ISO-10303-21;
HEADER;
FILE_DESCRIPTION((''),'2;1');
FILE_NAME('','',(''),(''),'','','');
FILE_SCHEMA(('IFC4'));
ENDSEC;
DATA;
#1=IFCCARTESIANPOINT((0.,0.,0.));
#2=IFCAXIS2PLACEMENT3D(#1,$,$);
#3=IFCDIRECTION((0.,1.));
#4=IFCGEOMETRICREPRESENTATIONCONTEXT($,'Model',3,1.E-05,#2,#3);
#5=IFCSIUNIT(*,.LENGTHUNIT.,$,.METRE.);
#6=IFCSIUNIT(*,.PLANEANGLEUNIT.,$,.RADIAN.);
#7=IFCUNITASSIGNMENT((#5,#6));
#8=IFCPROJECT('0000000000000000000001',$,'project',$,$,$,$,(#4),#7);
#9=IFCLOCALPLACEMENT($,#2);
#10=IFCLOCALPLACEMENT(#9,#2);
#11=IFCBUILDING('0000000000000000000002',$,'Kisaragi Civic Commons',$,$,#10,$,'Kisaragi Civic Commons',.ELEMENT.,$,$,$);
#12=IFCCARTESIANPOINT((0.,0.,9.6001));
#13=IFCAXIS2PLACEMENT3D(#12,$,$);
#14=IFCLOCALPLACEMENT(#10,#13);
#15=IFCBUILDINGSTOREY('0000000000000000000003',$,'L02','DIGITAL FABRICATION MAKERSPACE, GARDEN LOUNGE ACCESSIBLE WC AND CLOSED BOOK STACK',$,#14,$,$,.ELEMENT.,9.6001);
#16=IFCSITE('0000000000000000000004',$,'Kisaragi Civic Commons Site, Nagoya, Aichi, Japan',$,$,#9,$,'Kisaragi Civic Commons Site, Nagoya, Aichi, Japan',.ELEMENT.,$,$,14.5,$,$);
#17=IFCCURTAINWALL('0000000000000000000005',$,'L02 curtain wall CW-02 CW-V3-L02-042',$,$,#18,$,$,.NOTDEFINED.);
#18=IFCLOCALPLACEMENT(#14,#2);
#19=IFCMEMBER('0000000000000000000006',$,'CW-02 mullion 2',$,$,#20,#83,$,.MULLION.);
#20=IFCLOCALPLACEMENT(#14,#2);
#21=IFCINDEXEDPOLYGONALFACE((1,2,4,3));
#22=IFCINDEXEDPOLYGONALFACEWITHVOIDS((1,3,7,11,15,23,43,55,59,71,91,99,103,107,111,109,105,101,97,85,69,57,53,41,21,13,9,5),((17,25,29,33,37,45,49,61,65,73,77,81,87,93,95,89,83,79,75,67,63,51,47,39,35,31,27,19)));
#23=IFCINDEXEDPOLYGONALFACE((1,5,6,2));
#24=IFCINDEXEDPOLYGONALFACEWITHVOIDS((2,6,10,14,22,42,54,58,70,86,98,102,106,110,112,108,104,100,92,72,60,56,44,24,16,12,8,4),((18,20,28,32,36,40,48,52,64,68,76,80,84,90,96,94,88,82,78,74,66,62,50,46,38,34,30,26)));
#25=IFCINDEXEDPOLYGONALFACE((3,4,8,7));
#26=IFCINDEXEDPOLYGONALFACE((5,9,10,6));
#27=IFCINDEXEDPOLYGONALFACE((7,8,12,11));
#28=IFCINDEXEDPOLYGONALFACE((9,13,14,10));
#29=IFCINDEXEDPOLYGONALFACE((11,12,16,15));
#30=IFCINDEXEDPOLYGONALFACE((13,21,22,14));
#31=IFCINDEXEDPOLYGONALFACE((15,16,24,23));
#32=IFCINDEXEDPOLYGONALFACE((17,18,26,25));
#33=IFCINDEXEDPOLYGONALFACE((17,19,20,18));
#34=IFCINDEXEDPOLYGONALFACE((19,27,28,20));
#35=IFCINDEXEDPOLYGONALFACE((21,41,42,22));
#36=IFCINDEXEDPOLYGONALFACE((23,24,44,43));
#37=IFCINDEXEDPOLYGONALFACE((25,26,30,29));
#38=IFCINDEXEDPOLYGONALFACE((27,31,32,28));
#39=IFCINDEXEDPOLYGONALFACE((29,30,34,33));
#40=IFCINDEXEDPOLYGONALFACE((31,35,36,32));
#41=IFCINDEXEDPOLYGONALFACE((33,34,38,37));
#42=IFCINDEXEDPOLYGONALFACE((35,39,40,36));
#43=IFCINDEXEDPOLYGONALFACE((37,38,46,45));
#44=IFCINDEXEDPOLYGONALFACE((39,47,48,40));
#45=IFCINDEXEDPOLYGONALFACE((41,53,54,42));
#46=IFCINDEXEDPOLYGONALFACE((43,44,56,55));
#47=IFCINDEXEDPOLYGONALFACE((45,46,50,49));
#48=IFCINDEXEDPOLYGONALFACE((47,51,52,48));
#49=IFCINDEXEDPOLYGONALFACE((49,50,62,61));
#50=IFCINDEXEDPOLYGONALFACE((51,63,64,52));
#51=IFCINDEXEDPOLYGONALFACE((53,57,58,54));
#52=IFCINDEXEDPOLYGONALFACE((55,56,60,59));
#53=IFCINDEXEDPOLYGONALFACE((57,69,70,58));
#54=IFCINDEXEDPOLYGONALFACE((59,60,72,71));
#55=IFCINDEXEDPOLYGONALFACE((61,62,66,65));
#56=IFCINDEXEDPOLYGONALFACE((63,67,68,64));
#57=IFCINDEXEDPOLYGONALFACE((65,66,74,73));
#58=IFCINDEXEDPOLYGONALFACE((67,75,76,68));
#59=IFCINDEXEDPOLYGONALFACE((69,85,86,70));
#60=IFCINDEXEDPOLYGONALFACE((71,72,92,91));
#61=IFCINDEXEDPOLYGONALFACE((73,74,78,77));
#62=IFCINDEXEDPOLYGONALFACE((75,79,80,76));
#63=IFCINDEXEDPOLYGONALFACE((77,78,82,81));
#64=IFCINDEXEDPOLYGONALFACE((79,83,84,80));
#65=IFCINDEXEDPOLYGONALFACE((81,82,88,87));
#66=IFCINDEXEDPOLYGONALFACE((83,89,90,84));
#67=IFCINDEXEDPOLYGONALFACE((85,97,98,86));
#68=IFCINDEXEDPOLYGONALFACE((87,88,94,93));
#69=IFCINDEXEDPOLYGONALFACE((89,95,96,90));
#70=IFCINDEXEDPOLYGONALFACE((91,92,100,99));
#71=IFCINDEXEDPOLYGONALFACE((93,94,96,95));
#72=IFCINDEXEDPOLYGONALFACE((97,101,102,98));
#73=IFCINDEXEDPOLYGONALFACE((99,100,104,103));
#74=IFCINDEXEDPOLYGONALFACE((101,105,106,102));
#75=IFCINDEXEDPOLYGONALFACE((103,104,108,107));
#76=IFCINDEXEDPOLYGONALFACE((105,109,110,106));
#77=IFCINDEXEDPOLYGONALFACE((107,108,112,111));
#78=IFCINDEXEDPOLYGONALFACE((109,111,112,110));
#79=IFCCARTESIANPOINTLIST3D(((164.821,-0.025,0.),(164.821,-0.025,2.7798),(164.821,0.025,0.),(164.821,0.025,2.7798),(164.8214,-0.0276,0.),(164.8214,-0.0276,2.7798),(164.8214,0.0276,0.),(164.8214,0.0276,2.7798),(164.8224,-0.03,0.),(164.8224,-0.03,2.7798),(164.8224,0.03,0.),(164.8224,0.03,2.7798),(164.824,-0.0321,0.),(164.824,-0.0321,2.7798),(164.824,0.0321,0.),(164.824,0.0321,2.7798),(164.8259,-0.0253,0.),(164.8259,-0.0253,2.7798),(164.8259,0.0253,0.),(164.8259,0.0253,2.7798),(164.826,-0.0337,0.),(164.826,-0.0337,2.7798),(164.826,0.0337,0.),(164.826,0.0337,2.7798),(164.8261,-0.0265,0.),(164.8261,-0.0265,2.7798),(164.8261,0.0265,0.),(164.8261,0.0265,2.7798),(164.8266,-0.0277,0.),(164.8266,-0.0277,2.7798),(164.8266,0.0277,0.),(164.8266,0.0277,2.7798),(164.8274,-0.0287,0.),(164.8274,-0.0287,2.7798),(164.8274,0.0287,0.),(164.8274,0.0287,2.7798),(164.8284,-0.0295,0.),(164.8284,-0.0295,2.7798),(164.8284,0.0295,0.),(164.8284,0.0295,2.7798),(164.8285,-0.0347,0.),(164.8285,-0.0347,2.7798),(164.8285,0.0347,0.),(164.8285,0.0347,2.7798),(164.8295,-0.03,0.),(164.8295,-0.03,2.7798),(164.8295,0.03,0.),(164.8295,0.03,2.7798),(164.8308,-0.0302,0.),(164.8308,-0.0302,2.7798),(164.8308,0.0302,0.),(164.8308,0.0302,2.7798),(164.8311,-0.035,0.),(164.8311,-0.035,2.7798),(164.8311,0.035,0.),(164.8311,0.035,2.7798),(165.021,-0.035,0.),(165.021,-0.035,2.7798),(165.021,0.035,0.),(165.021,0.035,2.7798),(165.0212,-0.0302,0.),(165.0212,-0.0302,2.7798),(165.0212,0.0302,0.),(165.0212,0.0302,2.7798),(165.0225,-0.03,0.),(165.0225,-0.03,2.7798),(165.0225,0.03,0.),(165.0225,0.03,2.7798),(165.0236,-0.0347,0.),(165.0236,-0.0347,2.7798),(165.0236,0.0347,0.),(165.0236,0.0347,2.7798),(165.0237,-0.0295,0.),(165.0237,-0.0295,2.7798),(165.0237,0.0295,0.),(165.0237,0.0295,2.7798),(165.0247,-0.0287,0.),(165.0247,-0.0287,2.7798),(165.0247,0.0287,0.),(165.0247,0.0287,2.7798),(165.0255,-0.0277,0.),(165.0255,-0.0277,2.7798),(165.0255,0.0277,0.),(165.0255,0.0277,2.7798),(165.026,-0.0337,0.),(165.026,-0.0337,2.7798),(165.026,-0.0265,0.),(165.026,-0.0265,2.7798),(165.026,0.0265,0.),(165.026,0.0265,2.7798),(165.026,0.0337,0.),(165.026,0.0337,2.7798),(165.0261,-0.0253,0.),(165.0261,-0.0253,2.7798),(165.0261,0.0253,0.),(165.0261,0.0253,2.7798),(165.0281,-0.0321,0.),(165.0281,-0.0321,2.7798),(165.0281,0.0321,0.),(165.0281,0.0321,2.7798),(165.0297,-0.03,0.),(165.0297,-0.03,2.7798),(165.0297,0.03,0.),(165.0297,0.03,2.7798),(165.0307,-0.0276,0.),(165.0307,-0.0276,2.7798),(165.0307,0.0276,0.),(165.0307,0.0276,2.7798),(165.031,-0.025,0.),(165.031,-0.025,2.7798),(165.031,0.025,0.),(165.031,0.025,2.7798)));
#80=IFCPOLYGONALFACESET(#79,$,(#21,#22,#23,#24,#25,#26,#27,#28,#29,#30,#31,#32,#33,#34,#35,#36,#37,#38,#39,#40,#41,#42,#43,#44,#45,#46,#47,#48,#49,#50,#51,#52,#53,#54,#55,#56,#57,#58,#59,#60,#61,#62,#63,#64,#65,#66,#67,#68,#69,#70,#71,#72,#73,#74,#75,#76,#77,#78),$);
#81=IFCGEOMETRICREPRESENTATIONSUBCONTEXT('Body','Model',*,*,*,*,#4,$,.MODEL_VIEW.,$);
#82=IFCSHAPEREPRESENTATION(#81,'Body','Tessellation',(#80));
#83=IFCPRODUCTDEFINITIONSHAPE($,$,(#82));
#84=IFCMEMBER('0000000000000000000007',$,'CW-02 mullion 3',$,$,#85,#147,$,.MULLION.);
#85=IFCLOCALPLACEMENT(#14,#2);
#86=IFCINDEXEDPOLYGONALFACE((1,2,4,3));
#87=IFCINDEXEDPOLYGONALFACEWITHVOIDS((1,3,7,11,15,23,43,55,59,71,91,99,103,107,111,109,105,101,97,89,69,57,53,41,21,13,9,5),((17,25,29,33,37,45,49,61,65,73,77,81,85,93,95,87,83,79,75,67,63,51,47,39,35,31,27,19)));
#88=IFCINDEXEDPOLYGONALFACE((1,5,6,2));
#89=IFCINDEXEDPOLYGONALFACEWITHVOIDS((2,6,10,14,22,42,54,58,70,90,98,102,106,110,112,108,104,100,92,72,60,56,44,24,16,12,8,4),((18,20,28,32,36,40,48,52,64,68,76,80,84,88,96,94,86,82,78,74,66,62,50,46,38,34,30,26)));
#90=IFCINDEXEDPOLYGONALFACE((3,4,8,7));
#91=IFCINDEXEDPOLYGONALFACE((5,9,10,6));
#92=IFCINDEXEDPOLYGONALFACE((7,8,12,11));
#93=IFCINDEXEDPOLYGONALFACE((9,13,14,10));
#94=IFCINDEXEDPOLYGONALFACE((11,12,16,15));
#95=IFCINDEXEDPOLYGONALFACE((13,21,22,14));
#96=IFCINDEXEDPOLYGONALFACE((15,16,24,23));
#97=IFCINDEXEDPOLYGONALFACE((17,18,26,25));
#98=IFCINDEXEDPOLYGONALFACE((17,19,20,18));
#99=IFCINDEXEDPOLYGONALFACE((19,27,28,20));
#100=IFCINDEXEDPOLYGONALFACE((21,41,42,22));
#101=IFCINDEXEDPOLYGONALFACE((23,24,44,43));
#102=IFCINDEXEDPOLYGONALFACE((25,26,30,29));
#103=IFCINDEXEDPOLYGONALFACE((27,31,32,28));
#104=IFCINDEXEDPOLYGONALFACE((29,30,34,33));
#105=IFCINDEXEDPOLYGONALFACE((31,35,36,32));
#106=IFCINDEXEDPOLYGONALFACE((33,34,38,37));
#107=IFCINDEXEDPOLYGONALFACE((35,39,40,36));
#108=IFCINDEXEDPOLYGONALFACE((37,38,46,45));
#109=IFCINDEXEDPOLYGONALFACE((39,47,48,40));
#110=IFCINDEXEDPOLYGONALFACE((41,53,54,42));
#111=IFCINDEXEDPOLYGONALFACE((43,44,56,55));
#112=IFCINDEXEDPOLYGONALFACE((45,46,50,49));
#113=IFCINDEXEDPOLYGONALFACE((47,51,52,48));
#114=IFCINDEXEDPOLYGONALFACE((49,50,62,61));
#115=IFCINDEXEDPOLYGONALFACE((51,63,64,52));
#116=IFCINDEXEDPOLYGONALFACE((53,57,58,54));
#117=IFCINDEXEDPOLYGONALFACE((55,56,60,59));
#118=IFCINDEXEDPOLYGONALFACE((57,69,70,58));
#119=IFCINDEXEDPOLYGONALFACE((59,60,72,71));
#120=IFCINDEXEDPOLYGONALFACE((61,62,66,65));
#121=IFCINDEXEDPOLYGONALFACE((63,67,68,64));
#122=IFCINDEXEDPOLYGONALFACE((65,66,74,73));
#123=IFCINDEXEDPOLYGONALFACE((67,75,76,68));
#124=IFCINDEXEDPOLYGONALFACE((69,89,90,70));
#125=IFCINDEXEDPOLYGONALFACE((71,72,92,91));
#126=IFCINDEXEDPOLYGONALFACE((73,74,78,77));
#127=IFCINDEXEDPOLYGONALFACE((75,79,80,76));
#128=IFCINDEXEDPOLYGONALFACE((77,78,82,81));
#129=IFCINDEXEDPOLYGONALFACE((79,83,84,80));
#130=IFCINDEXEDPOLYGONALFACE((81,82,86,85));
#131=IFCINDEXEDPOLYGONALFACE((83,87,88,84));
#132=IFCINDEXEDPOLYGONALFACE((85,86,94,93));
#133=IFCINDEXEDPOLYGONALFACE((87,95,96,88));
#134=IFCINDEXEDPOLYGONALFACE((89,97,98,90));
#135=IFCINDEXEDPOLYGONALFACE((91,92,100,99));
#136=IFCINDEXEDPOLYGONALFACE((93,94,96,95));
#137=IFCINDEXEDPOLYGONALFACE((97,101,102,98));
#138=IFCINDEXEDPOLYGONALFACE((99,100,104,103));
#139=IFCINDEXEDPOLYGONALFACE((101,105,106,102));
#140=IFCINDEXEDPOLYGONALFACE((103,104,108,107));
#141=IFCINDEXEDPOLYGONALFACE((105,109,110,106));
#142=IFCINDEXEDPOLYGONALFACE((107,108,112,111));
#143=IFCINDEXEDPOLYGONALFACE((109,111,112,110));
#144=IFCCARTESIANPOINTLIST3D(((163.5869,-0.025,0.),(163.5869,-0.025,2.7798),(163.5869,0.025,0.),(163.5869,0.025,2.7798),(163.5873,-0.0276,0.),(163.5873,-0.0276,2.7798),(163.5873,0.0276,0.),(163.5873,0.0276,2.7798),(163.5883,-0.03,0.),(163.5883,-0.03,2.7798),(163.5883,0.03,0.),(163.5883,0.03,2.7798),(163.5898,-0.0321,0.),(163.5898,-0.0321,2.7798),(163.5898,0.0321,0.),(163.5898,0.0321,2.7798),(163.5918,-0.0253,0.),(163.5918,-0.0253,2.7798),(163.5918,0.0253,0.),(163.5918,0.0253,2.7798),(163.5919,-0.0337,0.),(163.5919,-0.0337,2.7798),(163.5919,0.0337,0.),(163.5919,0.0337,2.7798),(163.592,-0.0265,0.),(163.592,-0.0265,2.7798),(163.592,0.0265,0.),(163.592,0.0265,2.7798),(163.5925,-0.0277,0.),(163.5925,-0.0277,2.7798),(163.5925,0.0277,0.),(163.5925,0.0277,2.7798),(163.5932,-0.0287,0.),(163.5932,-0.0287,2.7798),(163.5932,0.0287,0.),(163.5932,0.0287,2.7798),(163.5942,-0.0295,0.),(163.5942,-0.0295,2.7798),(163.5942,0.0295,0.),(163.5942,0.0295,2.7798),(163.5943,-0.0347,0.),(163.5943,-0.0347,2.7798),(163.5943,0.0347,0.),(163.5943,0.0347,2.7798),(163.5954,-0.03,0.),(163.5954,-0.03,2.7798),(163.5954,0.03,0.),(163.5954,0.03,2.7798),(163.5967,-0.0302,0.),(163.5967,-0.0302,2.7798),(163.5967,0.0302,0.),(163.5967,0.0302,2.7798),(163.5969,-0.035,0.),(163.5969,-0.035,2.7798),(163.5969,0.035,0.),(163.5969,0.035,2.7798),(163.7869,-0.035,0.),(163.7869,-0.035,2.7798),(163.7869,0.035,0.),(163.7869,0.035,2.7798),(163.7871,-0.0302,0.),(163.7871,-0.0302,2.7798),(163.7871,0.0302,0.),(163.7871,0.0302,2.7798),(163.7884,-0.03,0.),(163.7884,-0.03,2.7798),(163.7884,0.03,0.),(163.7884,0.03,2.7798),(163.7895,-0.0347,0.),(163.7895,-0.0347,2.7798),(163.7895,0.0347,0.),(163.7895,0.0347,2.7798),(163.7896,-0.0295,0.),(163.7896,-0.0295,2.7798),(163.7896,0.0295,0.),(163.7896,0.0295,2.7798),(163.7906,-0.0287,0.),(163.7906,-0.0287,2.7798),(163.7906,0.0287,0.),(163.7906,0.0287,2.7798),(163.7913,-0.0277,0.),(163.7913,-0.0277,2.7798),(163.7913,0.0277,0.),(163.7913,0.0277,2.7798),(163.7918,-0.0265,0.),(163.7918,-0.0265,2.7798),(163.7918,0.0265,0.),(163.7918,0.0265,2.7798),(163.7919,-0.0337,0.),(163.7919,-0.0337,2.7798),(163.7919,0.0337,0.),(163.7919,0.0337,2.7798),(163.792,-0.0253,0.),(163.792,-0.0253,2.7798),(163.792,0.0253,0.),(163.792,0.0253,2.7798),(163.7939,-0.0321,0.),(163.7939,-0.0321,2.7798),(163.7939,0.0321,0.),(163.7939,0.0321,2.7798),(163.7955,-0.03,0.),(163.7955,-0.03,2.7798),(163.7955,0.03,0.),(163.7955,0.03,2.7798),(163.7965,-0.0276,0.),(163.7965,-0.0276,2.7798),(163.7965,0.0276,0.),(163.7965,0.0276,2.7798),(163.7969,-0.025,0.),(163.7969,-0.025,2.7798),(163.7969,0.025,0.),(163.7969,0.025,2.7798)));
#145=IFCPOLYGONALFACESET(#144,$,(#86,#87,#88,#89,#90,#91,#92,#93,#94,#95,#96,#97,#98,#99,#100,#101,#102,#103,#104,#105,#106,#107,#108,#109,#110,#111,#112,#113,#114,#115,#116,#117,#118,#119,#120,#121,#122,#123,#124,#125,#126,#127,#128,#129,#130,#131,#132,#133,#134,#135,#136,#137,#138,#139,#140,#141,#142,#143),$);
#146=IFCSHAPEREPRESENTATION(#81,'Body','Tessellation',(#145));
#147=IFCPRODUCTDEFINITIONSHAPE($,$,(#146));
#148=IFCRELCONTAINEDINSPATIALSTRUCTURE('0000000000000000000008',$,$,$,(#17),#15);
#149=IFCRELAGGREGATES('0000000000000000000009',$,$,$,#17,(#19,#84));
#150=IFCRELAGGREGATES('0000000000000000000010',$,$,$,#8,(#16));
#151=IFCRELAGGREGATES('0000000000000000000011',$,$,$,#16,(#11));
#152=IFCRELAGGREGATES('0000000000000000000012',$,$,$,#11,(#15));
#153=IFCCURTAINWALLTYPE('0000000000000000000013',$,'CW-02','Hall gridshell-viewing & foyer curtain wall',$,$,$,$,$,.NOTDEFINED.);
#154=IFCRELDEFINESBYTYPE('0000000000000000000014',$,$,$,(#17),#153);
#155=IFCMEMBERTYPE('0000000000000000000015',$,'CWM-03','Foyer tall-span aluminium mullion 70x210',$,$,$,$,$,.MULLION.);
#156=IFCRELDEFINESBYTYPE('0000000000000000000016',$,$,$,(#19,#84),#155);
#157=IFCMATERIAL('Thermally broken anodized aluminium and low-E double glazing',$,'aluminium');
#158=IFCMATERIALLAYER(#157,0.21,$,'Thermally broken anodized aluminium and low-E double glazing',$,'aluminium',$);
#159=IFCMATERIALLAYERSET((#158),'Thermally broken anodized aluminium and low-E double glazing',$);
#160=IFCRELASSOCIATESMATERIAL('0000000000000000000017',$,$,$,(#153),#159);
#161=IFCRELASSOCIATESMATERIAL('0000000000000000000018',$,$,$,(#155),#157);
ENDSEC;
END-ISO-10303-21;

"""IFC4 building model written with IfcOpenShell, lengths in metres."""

from ifc_helpers import new_model, si_unit, direction, frame, origin, origin_2d, place, context, subcontext, project, spatial, hollow_rectangle, extrude, material, layer, layer_set, material_profile, profile_set, type_object, element, aggregate, save


model = new_model("IFC4")

# Units and contexts
model_context = context("Model", 3, precision=1e-05, world=origin(), true_north=direction((0.0, 1.0)))
body_context = subcontext(model_context, "Body", "Model", "MODEL_VIEW")
ifc_project = project(units=[si_unit("LENGTHUNIT", "METRE"), si_unit("PLANEANGLEUNIT", "RADIAN")], contexts=[model_context])

# Site, building, storey
site_placement = place(None, origin())
site = spatial("IfcSite", under=ifc_project, at=site_placement, Name="Kisaragi Civic Commons Site, Nagoya, Aichi, Japan", LongName="Kisaragi Civic Commons Site, Nagoya, Aichi, Japan", CompositionType="ELEMENT", RefElevation=14.5)
building_placement = place(site_placement, origin())
building = spatial("IfcBuilding", under=site, at=building_placement, Name="Kisaragi Civic Commons", LongName="Kisaragi Civic Commons", CompositionType="ELEMENT")
storey_placement = place(building_placement, frame((0.0, 0.0, 9.6001)))
storey = spatial("IfcBuildingStorey", under=building, at=storey_placement, Name="L02", Description="DIGITAL FABRICATION MAKERSPACE, GARDEN LOUNGE ACCESSIBLE WC AND CLOSED BOOK STACK", CompositionType="ELEMENT", Elevation=9.6001)

# Shared definitions
ifc_material_1 = material(Name="Thermally broken anodized aluminium and low-E double glazing", Category="aluminium")
ifc_layer_1 = layer(ifc_material_1, 0.21, Name="Thermally broken anodized aluminium and low-E double glazing", Category="aluminium")
ifc_layer_set_1 = layer_set([ifc_layer_1], Name="Thermally broken anodized aluminium and low-E double glazing")
curtain_wall_type = type_object("IfcCurtainWallType", Name="CW-02", Description="Hall gridshell-viewing & foyer curtain wall", PredefinedType="NOTDEFINED", material=ifc_layer_set_1)
ifc_material_profile_1 = material_profile(ifc_material_1, hollow_rectangle(XDim=0.0701, YDim=0.21, WallThickness=0.0049, InnerFilletRadius=0.0049, OuterFilletRadius=0.01, at=origin_2d()), Name="CWM-70x210x5", Category="aluminium")
ifc_profile_set_1 = profile_set([ifc_material_profile_1], Name="Thermally broken anodized aluminium and low-E double glazing")
member_type_1 = type_object("IfcMemberType", Name="CWM-03", Description="Foyer tall-span aluminium mullion 70x210", PredefinedType="MULLION", material=ifc_profile_set_1)

# Curtain wall, members
curtain_wall_1_placement = place(storey_placement, origin())
curtain_wall_1 = element("IfcCurtainWall", 1, at=curtain_wall_1_placement, inside=storey, type_object=curtain_wall_type, Name="L02 curtain wall CW-02 CW-V3-L02-042", PredefinedType="NOTDEFINED")
member_1_placement = place(storey_placement, frame((164.926, 0.0, 0.0), z_axis=(0.0, 0.0, 1.0), x_axis=(0.0, -1.0, 0.0)))
member_1 = element("IfcMember", 2, at=member_1_placement, type_object=member_type_1, Name="CW-02 mullion 2", PredefinedType="MULLION", context=body_context, shape_type="SweptSolid", body=[
    extrude(hollow_rectangle(XDim=0.0701, YDim=0.21, WallThickness=0.0049, InnerFilletRadius=0.0049, OuterFilletRadius=0.01, at=origin_2d()), origin(), (0.0, 0.0, 1.0), 2.7798),
])
member_2_placement = place(storey_placement, frame((163.6919, 0.0, 0.0), z_axis=(0.0, 0.0, 1.0), x_axis=(0.0, -1.0, 0.0)))
member_2 = element("IfcMember", 3, at=member_2_placement, type_object=member_type_1, Name="CW-02 mullion 3", PredefinedType="MULLION", context=body_context, shape_type="SweptSolid", body=[
    extrude(hollow_rectangle(XDim=0.0701, YDim=0.21, WallThickness=0.0049, InnerFilletRadius=0.0049, OuterFilletRadius=0.01, at=origin_2d()), origin(), (0.0, 0.0, 1.0), 2.7798),
])

aggregate(curtain_wall_1, [member_1, member_2])

save(model, "model.ifc")
